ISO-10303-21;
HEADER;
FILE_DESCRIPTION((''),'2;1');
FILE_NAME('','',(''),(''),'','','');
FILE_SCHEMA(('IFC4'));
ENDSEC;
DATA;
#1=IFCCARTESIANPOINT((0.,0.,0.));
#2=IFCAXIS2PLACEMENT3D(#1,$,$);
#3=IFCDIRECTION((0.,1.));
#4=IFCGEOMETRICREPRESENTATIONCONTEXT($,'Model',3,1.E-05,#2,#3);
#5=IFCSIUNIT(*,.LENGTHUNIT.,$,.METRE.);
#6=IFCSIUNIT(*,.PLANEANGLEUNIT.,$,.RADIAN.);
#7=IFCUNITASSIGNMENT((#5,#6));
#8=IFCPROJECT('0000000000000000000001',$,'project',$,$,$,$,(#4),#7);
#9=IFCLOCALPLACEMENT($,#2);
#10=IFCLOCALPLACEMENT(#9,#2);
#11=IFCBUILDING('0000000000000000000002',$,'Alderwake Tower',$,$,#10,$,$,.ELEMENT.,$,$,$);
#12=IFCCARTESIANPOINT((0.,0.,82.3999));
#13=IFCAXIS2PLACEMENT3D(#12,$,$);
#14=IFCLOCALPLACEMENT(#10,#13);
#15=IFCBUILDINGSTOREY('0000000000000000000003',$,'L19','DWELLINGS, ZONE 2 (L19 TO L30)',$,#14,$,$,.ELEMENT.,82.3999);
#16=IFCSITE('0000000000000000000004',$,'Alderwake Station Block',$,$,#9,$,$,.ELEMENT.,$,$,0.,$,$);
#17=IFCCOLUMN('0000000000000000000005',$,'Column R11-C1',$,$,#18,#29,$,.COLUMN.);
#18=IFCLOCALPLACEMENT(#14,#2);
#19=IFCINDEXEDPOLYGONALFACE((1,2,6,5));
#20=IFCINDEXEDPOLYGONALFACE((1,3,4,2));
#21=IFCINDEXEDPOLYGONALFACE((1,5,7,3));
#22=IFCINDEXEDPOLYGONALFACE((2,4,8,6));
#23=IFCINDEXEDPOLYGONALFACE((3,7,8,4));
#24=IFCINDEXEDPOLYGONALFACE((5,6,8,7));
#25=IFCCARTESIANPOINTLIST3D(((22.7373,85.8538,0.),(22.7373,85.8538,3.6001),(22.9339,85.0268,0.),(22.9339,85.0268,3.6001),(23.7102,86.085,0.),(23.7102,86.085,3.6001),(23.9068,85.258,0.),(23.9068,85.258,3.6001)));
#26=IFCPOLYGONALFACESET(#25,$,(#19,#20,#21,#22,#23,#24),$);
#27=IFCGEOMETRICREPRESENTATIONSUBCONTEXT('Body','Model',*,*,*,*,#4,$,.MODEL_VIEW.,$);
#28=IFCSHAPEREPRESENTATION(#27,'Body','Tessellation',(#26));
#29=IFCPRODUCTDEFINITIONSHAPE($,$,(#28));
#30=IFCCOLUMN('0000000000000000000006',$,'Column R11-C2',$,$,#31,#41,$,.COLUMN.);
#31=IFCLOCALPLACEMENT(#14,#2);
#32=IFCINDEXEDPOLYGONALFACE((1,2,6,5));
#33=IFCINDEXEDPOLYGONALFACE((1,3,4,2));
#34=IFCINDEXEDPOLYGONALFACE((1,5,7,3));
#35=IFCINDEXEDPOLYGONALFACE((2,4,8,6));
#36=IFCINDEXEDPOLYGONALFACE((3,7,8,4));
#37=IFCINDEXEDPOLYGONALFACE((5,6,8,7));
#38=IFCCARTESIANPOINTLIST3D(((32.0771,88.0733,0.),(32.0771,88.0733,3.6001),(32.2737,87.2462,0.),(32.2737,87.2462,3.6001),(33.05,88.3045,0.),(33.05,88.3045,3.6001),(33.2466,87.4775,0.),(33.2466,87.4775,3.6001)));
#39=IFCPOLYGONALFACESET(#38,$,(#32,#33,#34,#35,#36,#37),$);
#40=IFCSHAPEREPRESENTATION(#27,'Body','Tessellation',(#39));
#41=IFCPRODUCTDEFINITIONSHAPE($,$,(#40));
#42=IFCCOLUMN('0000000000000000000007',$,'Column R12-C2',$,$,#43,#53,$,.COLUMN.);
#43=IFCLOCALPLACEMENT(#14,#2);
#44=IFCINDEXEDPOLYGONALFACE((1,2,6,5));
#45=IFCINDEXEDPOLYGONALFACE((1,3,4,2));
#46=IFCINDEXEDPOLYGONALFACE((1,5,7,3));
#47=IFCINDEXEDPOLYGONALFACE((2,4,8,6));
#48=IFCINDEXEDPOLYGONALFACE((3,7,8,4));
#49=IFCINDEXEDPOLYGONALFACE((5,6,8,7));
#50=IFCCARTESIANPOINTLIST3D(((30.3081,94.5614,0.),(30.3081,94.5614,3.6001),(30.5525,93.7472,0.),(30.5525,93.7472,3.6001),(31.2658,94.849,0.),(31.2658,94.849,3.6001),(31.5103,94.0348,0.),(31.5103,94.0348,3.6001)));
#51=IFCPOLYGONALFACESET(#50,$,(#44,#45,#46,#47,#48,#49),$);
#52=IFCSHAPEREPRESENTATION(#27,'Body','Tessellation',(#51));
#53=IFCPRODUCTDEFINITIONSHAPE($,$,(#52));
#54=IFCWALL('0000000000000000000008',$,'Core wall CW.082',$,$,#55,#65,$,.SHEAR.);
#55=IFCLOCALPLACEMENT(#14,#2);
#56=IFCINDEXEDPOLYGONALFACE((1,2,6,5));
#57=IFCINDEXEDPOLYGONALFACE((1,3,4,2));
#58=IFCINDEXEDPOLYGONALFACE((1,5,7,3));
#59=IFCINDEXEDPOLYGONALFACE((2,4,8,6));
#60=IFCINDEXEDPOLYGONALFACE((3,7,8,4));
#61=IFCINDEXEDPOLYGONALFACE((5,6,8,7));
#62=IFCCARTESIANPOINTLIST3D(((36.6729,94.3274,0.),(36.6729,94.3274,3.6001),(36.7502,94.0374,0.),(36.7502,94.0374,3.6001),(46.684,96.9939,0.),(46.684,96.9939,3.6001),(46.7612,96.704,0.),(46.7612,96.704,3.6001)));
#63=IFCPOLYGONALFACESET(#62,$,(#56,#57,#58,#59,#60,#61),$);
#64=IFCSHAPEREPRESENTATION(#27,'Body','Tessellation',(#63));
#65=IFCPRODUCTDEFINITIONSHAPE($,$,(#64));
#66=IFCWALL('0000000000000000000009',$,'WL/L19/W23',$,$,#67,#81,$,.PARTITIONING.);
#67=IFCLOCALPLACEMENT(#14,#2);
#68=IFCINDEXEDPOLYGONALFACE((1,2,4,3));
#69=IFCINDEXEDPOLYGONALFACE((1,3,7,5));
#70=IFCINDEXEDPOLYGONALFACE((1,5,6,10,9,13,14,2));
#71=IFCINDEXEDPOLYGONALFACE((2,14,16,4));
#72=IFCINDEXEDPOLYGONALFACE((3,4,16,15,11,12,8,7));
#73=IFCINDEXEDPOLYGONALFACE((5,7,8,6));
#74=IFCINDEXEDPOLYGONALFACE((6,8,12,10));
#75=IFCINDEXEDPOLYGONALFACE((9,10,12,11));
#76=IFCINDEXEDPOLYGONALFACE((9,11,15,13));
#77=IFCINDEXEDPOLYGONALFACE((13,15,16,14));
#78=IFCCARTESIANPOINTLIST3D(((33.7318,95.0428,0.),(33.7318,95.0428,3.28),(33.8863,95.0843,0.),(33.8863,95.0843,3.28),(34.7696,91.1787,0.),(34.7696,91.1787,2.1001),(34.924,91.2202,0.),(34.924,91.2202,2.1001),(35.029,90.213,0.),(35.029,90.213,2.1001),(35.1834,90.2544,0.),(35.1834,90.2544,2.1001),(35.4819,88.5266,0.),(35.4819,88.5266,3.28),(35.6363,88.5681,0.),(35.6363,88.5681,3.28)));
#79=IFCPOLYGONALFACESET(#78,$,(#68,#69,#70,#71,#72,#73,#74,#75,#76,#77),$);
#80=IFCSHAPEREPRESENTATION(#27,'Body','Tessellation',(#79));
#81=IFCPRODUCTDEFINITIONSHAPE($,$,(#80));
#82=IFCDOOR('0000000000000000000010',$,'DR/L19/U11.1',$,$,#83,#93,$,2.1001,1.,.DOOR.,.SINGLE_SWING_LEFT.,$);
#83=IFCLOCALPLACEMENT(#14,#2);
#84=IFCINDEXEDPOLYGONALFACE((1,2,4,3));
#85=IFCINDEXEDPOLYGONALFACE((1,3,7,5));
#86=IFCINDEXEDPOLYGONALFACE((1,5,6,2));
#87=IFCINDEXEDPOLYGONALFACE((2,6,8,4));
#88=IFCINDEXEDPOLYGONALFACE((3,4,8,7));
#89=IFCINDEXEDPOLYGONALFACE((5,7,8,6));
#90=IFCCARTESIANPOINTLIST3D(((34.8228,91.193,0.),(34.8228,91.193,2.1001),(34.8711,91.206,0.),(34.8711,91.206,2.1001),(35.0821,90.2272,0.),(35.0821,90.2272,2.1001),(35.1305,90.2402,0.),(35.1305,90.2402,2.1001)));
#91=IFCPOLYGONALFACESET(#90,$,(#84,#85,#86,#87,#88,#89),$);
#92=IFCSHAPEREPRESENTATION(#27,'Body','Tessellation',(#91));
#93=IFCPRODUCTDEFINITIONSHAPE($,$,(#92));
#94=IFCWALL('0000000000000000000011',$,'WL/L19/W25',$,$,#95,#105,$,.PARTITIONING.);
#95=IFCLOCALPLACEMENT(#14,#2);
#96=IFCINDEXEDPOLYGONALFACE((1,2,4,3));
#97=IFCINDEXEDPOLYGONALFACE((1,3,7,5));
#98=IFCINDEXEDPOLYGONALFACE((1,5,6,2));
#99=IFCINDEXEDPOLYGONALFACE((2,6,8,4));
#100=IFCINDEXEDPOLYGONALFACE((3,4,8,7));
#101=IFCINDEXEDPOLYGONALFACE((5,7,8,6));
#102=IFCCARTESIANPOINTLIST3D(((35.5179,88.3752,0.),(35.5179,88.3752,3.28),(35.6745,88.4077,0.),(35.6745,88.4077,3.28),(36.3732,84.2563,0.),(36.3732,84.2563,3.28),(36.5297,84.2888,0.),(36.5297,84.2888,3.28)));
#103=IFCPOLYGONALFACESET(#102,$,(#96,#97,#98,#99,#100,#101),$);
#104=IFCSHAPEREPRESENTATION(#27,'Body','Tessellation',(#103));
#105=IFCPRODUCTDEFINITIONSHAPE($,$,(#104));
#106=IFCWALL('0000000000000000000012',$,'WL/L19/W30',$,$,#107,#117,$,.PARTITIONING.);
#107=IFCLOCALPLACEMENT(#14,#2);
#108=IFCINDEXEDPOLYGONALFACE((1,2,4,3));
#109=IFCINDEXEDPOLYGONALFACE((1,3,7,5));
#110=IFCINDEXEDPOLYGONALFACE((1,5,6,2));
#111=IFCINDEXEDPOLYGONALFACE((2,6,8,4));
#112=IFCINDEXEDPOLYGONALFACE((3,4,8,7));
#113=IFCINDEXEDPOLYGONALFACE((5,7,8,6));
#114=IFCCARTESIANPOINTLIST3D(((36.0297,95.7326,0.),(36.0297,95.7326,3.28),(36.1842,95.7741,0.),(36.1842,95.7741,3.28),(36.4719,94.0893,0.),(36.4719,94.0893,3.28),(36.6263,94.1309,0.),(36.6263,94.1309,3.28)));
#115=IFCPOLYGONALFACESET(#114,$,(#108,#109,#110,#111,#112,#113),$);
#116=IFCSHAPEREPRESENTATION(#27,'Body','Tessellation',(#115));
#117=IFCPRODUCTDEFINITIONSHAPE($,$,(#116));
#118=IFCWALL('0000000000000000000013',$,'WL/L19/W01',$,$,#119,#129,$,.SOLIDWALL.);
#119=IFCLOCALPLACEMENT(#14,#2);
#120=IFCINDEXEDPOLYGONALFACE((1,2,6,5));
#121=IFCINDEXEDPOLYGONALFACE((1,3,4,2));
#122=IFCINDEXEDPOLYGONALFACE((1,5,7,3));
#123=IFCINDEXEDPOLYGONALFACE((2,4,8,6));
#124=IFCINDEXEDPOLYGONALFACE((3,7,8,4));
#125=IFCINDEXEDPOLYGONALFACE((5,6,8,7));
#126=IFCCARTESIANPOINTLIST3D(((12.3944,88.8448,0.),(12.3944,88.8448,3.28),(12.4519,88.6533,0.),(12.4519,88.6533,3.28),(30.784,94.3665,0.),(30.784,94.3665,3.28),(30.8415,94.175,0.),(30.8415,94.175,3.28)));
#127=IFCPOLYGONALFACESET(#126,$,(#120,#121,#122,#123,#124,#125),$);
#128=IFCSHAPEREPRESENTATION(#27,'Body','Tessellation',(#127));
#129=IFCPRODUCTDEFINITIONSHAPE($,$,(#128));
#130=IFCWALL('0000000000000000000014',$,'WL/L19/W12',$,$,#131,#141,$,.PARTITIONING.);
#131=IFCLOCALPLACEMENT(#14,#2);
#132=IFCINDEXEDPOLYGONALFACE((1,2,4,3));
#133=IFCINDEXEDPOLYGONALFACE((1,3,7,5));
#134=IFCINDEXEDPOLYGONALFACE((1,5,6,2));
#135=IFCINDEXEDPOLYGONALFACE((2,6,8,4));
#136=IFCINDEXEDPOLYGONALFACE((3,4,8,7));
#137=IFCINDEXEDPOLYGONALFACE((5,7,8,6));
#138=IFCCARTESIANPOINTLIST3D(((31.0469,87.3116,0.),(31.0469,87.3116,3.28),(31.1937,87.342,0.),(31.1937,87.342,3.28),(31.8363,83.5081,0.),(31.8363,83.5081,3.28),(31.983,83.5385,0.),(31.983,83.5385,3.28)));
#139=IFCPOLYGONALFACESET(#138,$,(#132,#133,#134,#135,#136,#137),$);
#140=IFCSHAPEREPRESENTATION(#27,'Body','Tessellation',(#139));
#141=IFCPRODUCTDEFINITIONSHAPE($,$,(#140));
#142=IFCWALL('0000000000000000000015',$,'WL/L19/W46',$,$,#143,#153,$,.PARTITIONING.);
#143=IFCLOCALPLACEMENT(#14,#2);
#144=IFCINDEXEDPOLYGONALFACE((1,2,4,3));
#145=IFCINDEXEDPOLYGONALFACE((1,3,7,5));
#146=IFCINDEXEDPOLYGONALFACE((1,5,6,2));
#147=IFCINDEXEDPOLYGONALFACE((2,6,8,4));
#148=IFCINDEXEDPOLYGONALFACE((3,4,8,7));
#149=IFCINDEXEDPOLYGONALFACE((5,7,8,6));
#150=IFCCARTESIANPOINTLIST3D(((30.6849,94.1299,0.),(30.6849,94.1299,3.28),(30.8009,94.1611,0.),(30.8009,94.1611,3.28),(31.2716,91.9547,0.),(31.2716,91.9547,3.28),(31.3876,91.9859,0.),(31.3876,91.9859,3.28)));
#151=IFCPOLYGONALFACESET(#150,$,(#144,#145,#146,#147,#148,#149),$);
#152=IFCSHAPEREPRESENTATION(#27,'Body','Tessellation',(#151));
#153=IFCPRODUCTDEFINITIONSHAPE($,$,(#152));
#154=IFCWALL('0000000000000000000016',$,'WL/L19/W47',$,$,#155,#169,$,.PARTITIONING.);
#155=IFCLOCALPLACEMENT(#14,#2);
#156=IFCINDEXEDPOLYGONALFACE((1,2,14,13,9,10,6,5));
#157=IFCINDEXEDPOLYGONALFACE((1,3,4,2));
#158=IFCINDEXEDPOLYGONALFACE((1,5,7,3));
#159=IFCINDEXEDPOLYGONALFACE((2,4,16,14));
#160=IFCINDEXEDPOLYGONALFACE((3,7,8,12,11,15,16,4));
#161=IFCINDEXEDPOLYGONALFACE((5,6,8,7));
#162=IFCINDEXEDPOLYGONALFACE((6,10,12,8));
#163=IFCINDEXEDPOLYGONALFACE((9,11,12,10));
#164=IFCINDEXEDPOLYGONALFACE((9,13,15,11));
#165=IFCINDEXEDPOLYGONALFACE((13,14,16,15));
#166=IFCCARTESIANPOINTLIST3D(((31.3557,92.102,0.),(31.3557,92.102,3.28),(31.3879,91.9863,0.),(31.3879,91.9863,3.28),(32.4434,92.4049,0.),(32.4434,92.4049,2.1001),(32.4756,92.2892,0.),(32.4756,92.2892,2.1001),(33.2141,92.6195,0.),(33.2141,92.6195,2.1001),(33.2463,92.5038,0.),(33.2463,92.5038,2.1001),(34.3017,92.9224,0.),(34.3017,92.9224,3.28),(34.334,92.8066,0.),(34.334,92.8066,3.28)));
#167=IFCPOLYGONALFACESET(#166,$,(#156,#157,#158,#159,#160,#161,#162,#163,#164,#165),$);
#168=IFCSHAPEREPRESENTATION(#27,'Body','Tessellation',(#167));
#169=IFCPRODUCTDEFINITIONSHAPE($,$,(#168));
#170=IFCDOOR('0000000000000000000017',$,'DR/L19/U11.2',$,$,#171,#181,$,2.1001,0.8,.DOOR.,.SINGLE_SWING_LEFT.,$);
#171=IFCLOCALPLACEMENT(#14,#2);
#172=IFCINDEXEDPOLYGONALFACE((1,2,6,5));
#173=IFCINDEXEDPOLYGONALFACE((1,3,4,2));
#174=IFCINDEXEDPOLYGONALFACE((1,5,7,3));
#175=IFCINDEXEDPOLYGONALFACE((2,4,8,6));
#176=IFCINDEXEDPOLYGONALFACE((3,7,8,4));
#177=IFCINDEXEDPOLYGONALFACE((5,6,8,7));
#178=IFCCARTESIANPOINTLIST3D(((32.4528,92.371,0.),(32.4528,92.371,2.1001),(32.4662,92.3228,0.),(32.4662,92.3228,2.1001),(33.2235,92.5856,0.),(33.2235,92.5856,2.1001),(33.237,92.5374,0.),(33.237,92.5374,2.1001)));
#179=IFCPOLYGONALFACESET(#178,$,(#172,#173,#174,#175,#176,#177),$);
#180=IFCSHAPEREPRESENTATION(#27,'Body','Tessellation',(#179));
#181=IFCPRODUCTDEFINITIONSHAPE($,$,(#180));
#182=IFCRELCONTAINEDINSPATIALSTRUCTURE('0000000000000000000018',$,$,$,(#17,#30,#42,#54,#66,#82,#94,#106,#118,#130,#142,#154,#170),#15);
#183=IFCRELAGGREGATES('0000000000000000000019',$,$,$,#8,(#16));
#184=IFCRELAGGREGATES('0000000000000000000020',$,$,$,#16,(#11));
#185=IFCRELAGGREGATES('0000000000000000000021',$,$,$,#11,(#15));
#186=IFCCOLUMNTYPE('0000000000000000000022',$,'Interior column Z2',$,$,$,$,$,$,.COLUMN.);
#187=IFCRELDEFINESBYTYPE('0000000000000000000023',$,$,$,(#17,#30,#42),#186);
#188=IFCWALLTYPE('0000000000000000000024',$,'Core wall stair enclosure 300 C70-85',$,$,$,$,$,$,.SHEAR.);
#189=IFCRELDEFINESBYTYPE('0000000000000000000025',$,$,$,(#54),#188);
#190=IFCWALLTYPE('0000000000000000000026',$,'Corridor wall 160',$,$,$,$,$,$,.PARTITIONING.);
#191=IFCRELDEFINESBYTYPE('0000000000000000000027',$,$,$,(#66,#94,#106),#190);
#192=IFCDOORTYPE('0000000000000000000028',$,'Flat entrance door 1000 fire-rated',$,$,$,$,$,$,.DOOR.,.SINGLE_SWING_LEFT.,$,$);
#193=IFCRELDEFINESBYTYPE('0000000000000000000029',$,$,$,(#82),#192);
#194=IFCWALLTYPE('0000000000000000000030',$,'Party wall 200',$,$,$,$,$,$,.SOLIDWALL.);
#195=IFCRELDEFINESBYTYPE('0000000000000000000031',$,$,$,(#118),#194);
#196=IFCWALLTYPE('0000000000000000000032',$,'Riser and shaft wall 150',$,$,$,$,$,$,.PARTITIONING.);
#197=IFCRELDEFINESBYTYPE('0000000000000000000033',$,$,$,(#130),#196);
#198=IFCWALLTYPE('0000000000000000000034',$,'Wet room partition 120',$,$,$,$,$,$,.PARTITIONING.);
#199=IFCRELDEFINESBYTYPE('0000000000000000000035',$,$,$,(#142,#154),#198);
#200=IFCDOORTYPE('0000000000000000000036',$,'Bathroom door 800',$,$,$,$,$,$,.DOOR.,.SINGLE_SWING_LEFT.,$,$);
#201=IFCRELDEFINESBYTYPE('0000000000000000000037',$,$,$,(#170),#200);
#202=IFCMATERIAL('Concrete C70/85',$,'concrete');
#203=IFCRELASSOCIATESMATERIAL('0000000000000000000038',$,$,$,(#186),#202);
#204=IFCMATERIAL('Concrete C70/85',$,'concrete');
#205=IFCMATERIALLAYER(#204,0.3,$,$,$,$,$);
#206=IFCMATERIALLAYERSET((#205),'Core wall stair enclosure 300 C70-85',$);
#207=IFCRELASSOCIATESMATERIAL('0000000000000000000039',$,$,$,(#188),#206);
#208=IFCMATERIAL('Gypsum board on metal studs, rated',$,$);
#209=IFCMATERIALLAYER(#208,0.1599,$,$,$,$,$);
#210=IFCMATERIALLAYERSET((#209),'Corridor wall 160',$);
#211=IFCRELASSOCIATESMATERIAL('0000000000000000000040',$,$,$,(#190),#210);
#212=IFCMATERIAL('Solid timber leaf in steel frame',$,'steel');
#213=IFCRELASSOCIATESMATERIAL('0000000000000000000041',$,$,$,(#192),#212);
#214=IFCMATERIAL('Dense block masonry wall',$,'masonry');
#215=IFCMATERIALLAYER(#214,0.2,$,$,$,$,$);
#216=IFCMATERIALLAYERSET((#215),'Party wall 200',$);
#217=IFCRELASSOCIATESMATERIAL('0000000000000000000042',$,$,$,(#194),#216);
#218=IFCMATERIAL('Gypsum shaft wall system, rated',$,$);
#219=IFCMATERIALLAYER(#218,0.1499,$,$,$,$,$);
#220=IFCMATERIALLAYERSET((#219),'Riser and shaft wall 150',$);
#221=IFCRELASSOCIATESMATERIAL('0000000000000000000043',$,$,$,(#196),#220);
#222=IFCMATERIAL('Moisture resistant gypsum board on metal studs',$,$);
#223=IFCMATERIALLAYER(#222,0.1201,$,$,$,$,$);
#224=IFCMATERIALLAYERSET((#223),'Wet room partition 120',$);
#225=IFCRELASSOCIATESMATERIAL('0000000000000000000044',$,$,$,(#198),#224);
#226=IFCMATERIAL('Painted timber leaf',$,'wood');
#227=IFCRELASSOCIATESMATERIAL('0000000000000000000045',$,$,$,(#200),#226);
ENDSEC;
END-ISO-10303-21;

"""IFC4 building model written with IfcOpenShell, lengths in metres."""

from ifc_helpers import new_model, si_unit, direction, frame, frame_2d, origin, origin_2d, place, context, subcontext, project, spatial, rectangle, extrude, material, layer, layer_set, material_profile, profile_set, type_object, element, fill, save


model = new_model("IFC4")

# Units and contexts
model_context = context("Model", 3, precision=1e-05, world=origin(), true_north=direction((0.0, 1.0)))
body_context = subcontext(model_context, "Body", "Model", "MODEL_VIEW")
ifc_project = project(units=[si_unit("LENGTHUNIT", "METRE"), si_unit("PLANEANGLEUNIT", "RADIAN")], contexts=[model_context])

# Site, building, storey
site_placement = place(None, origin())
site = spatial("IfcSite", under=ifc_project, at=site_placement, Name="Alderwake Station Block", CompositionType="ELEMENT", RefElevation=0.0)
building_placement = place(site_placement, origin())
building = spatial("IfcBuilding", under=site, at=building_placement, Name="Alderwake Tower", CompositionType="ELEMENT")
storey_placement = place(building_placement, frame((0.0, 0.0, 82.3999)))
storey = spatial("IfcBuildingStorey", under=building, at=storey_placement, Name="L19", Description="DWELLINGS, ZONE 2 (L19 TO L30)", CompositionType="ELEMENT", Elevation=82.3999)

# Columns
ifc_material_1 = material(Name="Concrete C70/85", Category="concrete")
ifc_material_profile = material_profile(ifc_material_1, rectangle(XDim=0.8501, YDim=1.0, at=origin_2d()), Name="RC 1000X850")
ifc_profile_set = profile_set([ifc_material_profile], Name="Concrete C70/85")
column_type = type_object("IfcColumnType", Name="Interior column Z2", PredefinedType="COLUMN", material=ifc_profile_set)
for number, where, z_axis, x_axis, name in (
    (1, (23.322, 85.5559, 0.0), (0.0, 0.0, 1.0), (-0.231222, 0.972901, 0.0), "Column R11-C1"),
    (2, (32.6619, 87.7754, 0.0), (0.0, 0.0, 1.0), (-0.231222, 0.972901, 0.0), "Column R11-C2"),
    (3, (30.9092, 94.2981, 0.0), (0.0, 0.0, 1.0), (-0.287549, 0.957766, 0.0), "Column R12-C2"),
):
    element("IfcColumn", number, at=place(storey_placement, frame(where, z_axis=z_axis, x_axis=x_axis)), inside=storey, type_object=column_type, Name=name, PredefinedType="COLUMN", context=body_context, shape_type="SweptSolid", body=[
        extrude(rectangle(XDim=0.8501, YDim=1.0, at=origin_2d()), origin(), (0.0, 0.0, 1.0), 3.6001),
    ])

# Wall
ifc_material_2 = material(Name="Concrete C70/85", Category="concrete")
ifc_layer_1 = layer(ifc_material_2, 0.3)
ifc_layer_set_1 = layer_set([ifc_layer_1], Name="Core wall stair enclosure 300 C70-85")
wall_type_1 = type_object("IfcWallType", Name="Core wall stair enclosure 300 C70-85", PredefinedType="SHEAR", material=ifc_layer_set_1)
wall_1_placement = place(storey_placement, frame((36.7114, 94.1824, 0.0), z_axis=(0.0, 0.0, 1.0), x_axis=(0.966309, 0.257384, 0.0)))
element("IfcWall", 4, at=wall_1_placement, inside=storey, type_object=wall_type_1, Name="Core wall CW.082", PredefinedType="SHEAR", context=body_context, shape_type="SweptSolid", body=[
    extrude(rectangle(XDim=10.3601, YDim=0.3, at=frame_2d((5.1802, 0.0))), origin(), (0.0, 0.0, 1.0), 3.6001),
])

# Wall, opening, door
ifc_material_3 = material(Name="Gypsum board on metal studs, rated")
ifc_layer_2 = layer(ifc_material_3, 0.1599)
ifc_layer_set_2 = layer_set([ifc_layer_2], Name="Corridor wall 160")
wall_type_2 = type_object("IfcWallType", Name="Corridor wall 160", PredefinedType="PARTITIONING", material=ifc_layer_set_2)
wall_2_placement = place(storey_placement, frame((35.5591, 88.5474, 0.0), z_axis=(0.0, 0.0, 1.0), x_axis=(-0.259374, 0.965777, 0.0)))
wall_2 = element("IfcWall", 5, at=wall_2_placement, inside=storey, type_object=wall_type_2, Name="WL/L19/W23", PredefinedType="PARTITIONING", context=body_context, shape_type="SweptSolid", body=[
    extrude(rectangle(XDim=6.7471, YDim=0.1599, at=frame_2d((3.3735, 0.0))), origin(), (0.0, 0.0, 1.0), 3.28),
])
opening_1_placement = place(wall_2_placement, frame((1.7461, 0.0, 0.0)))
opening_1 = element("IfcOpeningElement", 6, at=opening_1_placement, cuts=wall_2, PredefinedType="OPENING", context=body_context, shape_type="SweptSolid", body=[
    extrude(rectangle(XDim=1.0, YDim=2.1001, at=frame_2d((0.5, 1.05))), frame((0.0, 0.0898, 0.0), z_axis=(0.0, -1.0, 0.0), x_axis=(1.0, 0.0, 0.0)), (0.0, 0.0, 1.0), 0.1799),
])
ifc_material_4 = material(Name="Solid timber leaf in steel frame", Category="steel")
door_type_1 = type_object("IfcDoorType", Name="Flat entrance door 1000 fire-rated", OperationType="SINGLE_SWING_LEFT", PredefinedType="DOOR", material=ifc_material_4)
door_1_placement = place(opening_1_placement, origin())
door_1 = element("IfcDoor", 7, at=door_1_placement, inside=storey, type_object=door_type_1, Name="DR/L19/U11.1", OperationType="SINGLE_SWING_LEFT", OverallHeight=2.1001, OverallWidth=1.0, PredefinedType="DOOR", context=body_context, shape_type="SweptSolid", body=[
    extrude(rectangle(XDim=1.0, YDim=2.1001, at=frame_2d((0.5, 1.05))), frame((0.0, 0.0249, 0.0), z_axis=(0.0, -1.0, 0.0), x_axis=(1.0, 0.0, 0.0)), (0.0, 0.0, 1.0), 0.05),
])
fill(opening_1, door_1)

# Walls
wall_3_placement = place(storey_placement, frame((35.5962, 88.3916, 0.0), z_axis=(0.0, 0.0, 1.0), x_axis=(0.203298, -0.979117, 0.0)))
element("IfcWall", 8, at=wall_3_placement, inside=storey, type_object=wall_type_2, Name="WL/L19/W25", PredefinedType="PARTITIONING", context=body_context, shape_type="SweptSolid", body=[
    extrude(rectangle(XDim=4.2068, YDim=0.1599, at=frame_2d((2.1035, 0.0))), origin(), (0.0, 0.0, 1.0), 3.28),
])
wall_4_placement = place(storey_placement, frame((36.5491, 94.1101, 0.0), z_axis=(0.0, 0.0, 1.0), x_axis=(-0.259814, 0.965659, 0.0)))
element("IfcWall", 9, at=wall_4_placement, inside=storey, type_object=wall_type_2, Name="WL/L19/W30", PredefinedType="PARTITIONING", context=body_context, shape_type="SweptSolid", body=[
    extrude(rectangle(XDim=1.7017, YDim=0.1599, at=frame_2d((0.8508, 0.0))), origin(), (0.0, 0.0, 1.0), 3.28),
])
ifc_material_5 = material(Name="Dense block masonry wall", Category="masonry")
ifc_layer_3 = layer(ifc_material_5, 0.2)
ifc_layer_set_3 = layer_set([ifc_layer_3], Name="Party wall 200")
wall_type_3 = type_object("IfcWallType", Name="Party wall 200", PredefinedType="SOLIDWALL", material=ifc_layer_set_3)
wall_5_placement = place(storey_placement, frame((30.8127, 94.2708, 0.0), z_axis=(0.0, 0.0, 1.0), x_axis=(-0.957757, -0.287579, 0.0)))
element("IfcWall", 10, at=wall_5_placement, inside=storey, type_object=wall_type_3, Name="WL/L19/W01", PredefinedType="SOLIDWALL", context=body_context, shape_type="SweptSolid", body=[
    extrude(rectangle(XDim=19.2007, YDim=0.2, at=frame_2d((9.6003, 0.0))), origin(), (0.0, 0.0, 1.0), 3.28),
])
ifc_material_6 = material(Name="Gypsum shaft wall system, rated")
ifc_layer_4 = layer(ifc_material_6, 0.1499)
ifc_layer_set_4 = layer_set([ifc_layer_4], Name="Riser and shaft wall 150")
wall_type_4 = type_object("IfcWallType", Name="Riser and shaft wall 150", PredefinedType="PARTITIONING", material=ifc_layer_set_4)
wall_6_placement = place(storey_placement, frame((31.9097, 83.5232, 0.0), z_axis=(0.0, 0.0, 1.0), x_axis=(-0.203194, 0.979139, 0.0)))
element("IfcWall", 11, at=wall_6_placement, inside=storey, type_object=wall_type_4, Name="WL/L19/W12", PredefinedType="PARTITIONING", context=body_context, shape_type="SweptSolid", body=[
    extrude(rectangle(XDim=3.8845, YDim=0.1499, at=frame_2d((1.9424, 0.0))), origin(), (0.0, 0.0, 1.0), 3.28),
])
ifc_material_7 = material(Name="Moisture resistant gypsum board on metal studs")
ifc_layer_5 = layer(ifc_material_7, 0.1201)
ifc_layer_set_5 = layer_set([ifc_layer_5], Name="Wet room partition 120")
wall_type_5 = type_object("IfcWallType", Name="Wet room partition 120", PredefinedType="PARTITIONING", material=ifc_layer_set_5)
wall_7_placement = place(storey_placement, frame((30.7429, 94.1455, 0.0), z_axis=(0.0, 0.0, 1.0), x_axis=(0.260393, -0.965503, 0.0)))
element("IfcWall", 12, at=wall_7_placement, inside=storey, type_object=wall_type_5, Name="WL/L19/W46", PredefinedType="PARTITIONING", context=body_context, shape_type="SweptSolid", body=[
    extrude(rectangle(XDim=2.2529, YDim=0.1201, at=frame_2d((1.1265, 0.0))), origin(), (0.0, 0.0, 1.0), 3.28),
])

# Wall, opening, door
wall_8_placement = place(storey_placement, frame((31.3718, 92.0442, 0.0), z_axis=(0.0, 0.0, 1.0), x_axis=(0.963352, 0.268241, 0.0)))
wall_8 = element("IfcWall", 13, at=wall_8_placement, inside=storey, type_object=wall_type_5, Name="WL/L19/W47", PredefinedType="PARTITIONING", context=body_context, shape_type="SweptSolid", body=[
    extrude(rectangle(XDim=3.0581, YDim=0.1201, at=frame_2d((1.5291, 0.0))), origin(), (0.0, 0.0, 1.0), 3.28),
])
opening_2_placement = place(wall_8_placement, frame((1.1292, 0.0, 0.0)))
opening_2 = element("IfcOpeningElement", 14, at=opening_2_placement, cuts=wall_8, PredefinedType="OPENING", context=body_context, shape_type="SweptSolid", body=[
    extrude(rectangle(XDim=0.8, YDim=2.1001, at=frame_2d((0.3999, 1.05))), frame((0.0, 0.0701, 0.0), z_axis=(0.0, -1.0, 0.0), x_axis=(1.0, 0.0, 0.0)), (0.0, 0.0, 1.0), 0.1401),
])
ifc_material_8 = material(Name="Painted timber leaf", Category="wood")
door_type_2 = type_object("IfcDoorType", Name="Bathroom door 800", OperationType="SINGLE_SWING_LEFT", PredefinedType="DOOR", material=ifc_material_8)
door_2_placement = place(opening_2_placement, origin())
door_2 = element("IfcDoor", 15, at=door_2_placement, inside=storey, type_object=door_type_2, Name="DR/L19/U11.2", OperationType="SINGLE_SWING_LEFT", OverallHeight=2.1001, OverallWidth=0.8, PredefinedType="DOOR", context=body_context, shape_type="SweptSolid", body=[
    extrude(rectangle(XDim=0.8, YDim=2.1001, at=frame_2d((0.3999, 1.05))), frame((0.0, 0.0249, 0.0), z_axis=(0.0, -1.0, 0.0), x_axis=(1.0, 0.0, 0.0)), (0.0, 0.0, 1.0), 0.05),
])
fill(opening_2, door_2)

save(model, "model.ifc")
